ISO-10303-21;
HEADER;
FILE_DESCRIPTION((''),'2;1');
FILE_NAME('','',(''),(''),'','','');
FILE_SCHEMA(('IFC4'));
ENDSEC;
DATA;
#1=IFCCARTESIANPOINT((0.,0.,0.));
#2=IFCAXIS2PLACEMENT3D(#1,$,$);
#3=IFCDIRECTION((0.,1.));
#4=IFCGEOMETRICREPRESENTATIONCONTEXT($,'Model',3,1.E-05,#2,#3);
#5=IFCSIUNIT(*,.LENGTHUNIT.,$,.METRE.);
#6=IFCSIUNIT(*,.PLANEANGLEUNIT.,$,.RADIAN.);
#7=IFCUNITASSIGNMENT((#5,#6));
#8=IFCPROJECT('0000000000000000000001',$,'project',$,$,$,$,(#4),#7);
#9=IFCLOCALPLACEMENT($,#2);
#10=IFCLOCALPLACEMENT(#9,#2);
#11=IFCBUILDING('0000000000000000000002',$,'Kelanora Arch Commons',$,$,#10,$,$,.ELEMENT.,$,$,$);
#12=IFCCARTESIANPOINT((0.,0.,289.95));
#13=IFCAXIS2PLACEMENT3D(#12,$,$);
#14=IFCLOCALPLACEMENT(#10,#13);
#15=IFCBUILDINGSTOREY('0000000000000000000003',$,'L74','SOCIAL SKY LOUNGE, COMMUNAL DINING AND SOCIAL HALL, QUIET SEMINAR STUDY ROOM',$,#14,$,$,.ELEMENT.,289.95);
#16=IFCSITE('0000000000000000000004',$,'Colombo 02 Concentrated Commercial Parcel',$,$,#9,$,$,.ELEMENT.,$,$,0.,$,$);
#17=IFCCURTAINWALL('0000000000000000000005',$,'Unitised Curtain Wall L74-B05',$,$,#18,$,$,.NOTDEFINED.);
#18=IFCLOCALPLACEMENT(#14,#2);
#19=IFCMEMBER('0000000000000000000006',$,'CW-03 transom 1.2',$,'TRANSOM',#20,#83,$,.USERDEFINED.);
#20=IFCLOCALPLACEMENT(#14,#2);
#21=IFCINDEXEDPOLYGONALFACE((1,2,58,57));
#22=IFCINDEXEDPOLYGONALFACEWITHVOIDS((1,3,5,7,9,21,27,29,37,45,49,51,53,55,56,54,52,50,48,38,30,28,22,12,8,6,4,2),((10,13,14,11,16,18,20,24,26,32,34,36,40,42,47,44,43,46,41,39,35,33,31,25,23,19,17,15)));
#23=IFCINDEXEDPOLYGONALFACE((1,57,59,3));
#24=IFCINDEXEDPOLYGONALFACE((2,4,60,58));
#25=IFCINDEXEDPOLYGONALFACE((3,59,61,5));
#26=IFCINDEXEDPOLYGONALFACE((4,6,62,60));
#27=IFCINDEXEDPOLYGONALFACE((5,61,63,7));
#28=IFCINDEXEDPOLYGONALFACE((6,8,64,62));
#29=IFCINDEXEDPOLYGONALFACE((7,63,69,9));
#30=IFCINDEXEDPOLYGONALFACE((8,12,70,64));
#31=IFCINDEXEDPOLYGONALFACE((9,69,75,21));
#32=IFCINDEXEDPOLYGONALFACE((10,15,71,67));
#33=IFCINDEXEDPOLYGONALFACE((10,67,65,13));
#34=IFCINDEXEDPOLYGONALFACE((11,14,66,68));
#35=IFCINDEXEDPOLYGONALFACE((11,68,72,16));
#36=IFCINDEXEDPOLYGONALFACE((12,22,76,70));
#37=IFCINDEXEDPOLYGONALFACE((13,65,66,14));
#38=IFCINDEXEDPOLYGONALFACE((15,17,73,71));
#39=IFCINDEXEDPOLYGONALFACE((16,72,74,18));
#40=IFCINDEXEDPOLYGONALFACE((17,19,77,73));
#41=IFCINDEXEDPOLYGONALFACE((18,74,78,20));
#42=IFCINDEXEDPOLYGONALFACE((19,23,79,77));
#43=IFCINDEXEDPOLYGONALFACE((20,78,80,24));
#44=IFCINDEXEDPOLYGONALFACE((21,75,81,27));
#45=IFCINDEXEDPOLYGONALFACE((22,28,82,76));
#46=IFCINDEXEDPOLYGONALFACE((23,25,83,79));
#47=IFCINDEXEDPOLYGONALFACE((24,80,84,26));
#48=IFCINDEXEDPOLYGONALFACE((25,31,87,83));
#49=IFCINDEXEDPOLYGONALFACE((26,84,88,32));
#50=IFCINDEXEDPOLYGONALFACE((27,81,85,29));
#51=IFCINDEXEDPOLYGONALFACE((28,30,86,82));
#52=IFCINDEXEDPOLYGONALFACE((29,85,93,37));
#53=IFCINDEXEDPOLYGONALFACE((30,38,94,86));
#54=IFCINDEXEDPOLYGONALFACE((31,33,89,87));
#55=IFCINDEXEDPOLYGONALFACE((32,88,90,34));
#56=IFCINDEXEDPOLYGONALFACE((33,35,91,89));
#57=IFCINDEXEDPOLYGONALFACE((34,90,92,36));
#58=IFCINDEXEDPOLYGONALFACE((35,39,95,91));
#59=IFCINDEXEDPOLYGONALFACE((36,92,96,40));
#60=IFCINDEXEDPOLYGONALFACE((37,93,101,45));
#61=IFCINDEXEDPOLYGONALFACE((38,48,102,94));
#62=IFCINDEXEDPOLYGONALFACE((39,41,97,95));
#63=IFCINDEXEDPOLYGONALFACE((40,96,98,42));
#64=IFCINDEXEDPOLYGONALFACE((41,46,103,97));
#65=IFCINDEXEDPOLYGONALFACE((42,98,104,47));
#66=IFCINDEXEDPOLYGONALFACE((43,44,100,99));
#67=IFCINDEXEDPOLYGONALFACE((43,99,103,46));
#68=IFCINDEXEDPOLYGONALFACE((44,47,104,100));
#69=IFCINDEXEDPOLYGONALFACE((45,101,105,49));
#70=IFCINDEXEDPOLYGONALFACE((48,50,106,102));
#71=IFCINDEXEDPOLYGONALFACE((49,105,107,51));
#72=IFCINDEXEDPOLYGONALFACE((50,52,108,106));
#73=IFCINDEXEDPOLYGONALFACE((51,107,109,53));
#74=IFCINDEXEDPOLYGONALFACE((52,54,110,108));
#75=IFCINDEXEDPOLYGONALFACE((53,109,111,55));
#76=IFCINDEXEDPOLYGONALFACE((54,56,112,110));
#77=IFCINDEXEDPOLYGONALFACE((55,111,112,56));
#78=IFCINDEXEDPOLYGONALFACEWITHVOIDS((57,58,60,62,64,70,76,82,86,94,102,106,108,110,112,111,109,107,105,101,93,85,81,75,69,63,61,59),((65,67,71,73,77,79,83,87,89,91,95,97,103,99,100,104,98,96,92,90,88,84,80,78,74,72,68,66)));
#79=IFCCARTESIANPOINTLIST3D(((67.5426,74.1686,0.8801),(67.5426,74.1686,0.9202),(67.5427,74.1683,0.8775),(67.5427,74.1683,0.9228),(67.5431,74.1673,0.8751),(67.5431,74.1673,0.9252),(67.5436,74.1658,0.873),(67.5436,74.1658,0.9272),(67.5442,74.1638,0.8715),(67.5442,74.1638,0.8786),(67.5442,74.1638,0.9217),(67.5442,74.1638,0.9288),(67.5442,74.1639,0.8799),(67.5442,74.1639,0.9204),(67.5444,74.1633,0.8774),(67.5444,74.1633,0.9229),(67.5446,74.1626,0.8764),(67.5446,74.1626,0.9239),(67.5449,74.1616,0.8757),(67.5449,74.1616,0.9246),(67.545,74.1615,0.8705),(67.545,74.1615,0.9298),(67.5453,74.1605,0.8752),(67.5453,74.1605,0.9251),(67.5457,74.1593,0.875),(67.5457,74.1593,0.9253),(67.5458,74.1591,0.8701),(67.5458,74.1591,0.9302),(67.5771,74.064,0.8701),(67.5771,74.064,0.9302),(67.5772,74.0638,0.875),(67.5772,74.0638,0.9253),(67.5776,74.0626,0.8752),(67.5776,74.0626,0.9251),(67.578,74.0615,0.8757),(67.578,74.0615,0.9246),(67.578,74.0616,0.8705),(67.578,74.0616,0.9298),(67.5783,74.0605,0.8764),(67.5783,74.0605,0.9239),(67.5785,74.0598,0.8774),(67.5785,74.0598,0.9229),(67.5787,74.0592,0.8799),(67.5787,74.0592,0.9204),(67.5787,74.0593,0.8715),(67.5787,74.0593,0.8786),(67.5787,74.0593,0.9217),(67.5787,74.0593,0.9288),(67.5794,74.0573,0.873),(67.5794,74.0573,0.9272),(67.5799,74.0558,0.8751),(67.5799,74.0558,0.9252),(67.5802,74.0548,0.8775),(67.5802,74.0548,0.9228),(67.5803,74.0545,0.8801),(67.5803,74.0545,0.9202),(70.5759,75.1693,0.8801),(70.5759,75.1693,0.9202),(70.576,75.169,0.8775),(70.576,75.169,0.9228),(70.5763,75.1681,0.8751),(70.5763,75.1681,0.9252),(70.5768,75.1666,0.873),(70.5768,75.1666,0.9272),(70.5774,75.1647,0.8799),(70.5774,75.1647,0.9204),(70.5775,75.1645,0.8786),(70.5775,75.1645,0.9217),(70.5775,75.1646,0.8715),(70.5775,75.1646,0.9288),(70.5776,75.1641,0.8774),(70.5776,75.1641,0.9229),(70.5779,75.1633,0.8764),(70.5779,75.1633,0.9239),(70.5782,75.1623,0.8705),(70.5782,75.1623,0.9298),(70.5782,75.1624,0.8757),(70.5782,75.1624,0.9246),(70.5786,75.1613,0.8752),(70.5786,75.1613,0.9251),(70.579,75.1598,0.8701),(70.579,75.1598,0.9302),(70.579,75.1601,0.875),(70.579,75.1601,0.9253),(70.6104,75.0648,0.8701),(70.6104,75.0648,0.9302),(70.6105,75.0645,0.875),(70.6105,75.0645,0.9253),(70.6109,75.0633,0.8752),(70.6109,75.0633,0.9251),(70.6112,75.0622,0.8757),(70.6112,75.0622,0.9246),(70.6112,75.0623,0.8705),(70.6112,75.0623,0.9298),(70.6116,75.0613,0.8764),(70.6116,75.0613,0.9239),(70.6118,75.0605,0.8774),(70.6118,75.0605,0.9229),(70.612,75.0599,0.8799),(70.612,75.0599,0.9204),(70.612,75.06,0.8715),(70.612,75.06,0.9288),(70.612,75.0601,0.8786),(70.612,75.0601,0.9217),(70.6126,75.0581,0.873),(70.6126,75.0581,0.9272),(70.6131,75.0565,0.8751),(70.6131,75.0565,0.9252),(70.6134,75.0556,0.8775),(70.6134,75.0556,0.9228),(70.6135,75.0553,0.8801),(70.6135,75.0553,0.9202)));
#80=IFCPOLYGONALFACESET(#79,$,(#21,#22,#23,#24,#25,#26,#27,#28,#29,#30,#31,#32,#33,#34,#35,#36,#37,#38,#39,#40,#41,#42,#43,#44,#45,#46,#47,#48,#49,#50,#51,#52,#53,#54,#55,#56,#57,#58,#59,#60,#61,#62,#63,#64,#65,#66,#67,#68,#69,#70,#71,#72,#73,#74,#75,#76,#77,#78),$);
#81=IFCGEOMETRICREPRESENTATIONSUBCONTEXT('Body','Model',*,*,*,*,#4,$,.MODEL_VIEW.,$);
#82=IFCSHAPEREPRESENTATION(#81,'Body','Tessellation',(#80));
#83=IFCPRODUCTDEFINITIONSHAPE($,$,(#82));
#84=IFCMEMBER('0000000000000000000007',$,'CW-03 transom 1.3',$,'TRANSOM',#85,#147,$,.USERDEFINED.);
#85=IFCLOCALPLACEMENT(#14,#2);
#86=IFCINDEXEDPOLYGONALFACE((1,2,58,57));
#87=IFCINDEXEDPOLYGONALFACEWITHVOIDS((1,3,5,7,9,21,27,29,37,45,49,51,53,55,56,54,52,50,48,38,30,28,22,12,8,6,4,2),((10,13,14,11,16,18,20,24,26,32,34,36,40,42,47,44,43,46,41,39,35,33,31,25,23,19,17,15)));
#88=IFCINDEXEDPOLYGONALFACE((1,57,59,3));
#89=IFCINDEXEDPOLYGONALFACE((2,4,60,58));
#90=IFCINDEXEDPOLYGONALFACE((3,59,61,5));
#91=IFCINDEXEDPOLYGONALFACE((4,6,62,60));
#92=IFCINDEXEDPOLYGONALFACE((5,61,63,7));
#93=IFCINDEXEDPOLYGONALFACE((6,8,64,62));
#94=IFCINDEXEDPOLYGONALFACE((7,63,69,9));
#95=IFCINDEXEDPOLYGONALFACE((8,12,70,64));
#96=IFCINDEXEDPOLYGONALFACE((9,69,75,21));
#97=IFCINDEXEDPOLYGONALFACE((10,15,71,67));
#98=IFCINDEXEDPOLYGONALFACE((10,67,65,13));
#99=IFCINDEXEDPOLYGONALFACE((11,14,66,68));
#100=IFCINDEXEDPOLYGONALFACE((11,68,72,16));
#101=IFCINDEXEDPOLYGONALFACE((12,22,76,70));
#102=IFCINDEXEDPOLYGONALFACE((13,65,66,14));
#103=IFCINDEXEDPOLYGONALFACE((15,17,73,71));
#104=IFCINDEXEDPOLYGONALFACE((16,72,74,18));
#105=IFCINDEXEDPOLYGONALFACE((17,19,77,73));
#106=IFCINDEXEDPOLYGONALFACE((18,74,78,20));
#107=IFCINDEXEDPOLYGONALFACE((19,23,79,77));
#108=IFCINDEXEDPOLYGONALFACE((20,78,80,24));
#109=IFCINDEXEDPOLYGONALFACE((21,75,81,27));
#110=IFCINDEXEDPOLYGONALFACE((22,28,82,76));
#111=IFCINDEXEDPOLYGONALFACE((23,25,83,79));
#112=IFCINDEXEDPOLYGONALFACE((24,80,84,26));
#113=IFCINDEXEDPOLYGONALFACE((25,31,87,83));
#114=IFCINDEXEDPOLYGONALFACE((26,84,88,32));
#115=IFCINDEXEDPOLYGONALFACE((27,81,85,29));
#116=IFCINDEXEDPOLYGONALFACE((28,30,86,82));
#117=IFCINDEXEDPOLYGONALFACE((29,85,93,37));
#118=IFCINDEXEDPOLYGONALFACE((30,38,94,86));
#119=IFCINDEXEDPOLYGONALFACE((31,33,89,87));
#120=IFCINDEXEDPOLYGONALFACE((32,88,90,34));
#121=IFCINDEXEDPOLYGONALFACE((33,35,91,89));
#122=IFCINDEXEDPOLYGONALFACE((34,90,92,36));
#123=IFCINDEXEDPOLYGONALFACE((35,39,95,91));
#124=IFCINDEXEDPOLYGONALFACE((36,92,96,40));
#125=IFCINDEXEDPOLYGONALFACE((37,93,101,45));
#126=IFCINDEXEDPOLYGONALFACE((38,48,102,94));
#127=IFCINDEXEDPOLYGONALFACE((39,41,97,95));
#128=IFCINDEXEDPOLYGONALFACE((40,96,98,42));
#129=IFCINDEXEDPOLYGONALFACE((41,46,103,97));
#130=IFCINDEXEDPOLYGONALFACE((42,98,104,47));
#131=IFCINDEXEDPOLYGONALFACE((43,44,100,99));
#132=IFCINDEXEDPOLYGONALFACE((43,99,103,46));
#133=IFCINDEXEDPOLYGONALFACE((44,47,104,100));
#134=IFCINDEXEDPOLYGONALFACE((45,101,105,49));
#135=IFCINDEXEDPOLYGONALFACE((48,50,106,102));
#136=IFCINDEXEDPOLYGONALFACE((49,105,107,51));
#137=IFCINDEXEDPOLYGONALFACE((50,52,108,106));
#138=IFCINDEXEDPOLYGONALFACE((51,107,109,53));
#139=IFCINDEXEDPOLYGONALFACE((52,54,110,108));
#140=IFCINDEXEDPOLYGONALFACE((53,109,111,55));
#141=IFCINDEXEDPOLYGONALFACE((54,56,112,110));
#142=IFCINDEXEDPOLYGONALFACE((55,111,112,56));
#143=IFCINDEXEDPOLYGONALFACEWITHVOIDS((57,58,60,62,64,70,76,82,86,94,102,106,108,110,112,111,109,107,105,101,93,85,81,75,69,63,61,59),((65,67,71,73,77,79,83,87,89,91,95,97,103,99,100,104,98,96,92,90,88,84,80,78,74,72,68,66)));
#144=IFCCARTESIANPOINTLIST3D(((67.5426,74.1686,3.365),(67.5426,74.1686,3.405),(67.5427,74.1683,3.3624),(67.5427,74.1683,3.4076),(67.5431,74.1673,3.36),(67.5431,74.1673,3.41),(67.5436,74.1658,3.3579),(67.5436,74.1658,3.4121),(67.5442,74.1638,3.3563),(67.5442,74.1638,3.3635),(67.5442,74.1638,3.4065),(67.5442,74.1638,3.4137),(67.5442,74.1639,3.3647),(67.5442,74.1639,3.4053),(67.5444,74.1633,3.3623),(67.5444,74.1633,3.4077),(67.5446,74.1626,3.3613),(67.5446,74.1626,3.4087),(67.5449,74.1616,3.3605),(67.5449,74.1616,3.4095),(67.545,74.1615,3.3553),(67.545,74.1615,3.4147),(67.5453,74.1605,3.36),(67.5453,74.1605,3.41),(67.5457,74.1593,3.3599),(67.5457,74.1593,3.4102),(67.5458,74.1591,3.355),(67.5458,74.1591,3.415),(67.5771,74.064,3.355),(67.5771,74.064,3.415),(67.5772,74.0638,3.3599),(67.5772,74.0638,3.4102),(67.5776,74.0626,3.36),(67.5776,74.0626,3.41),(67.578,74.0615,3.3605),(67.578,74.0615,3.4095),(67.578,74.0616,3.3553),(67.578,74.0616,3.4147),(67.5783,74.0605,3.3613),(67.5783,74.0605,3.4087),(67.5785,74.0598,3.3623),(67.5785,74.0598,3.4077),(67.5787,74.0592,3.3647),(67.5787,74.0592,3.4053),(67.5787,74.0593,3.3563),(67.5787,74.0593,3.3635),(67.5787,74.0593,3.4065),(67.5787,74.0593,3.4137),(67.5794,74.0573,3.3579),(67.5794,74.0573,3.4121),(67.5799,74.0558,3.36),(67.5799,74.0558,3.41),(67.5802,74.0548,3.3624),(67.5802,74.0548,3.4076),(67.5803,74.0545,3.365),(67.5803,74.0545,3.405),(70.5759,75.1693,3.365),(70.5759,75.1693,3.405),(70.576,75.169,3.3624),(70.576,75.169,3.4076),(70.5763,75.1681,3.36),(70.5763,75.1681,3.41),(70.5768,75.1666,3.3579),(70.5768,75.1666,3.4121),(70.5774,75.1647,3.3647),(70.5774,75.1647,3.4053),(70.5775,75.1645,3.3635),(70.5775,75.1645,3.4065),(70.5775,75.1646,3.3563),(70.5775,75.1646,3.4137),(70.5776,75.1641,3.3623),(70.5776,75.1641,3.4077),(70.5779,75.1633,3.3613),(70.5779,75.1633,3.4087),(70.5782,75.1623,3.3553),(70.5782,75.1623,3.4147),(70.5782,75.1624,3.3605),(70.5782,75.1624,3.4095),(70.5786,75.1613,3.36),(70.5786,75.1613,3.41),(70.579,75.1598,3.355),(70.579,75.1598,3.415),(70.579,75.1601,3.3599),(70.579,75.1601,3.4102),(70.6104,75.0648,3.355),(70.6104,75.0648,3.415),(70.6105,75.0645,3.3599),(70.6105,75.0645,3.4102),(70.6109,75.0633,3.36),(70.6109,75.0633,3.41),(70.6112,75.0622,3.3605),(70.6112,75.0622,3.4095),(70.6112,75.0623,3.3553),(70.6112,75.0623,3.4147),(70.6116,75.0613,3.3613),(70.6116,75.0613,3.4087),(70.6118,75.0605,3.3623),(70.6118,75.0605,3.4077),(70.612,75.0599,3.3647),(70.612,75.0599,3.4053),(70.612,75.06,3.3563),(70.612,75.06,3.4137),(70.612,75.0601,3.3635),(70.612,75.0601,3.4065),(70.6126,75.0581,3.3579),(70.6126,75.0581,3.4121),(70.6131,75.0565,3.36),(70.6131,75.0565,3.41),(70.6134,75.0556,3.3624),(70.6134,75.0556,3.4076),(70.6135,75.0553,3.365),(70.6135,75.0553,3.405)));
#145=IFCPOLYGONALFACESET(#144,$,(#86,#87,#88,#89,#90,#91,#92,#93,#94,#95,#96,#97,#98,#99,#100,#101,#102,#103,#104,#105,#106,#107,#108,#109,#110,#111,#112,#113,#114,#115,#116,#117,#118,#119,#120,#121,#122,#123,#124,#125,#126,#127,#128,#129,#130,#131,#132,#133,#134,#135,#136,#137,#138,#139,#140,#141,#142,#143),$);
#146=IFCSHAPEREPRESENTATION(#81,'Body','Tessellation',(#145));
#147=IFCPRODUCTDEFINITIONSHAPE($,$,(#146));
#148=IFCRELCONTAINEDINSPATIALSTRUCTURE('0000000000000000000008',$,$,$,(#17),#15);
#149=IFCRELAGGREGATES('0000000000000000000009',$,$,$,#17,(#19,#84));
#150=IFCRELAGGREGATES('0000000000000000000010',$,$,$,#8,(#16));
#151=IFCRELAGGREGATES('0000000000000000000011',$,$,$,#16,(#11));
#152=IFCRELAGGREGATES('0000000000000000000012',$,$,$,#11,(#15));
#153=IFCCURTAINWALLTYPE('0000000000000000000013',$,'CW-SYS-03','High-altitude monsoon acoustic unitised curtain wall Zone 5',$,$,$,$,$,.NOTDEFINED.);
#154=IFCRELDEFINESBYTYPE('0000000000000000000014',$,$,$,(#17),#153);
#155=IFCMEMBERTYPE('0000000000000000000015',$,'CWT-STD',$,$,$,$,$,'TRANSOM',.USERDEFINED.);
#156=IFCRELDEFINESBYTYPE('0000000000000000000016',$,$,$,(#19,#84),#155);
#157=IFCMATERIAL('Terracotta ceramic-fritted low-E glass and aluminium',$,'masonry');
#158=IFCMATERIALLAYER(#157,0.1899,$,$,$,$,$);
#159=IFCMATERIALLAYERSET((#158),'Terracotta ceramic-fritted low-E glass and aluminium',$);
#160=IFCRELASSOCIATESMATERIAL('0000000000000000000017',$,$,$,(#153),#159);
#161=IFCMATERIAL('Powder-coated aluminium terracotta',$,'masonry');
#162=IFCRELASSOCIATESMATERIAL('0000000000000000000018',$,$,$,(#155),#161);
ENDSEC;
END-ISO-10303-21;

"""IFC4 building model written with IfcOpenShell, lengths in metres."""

from ifc_helpers import new_model, si_unit, direction, frame, origin, origin_2d, place, context, subcontext, project, spatial, hollow_rectangle, extrude, material, layer, layer_set, material_profile, profile_set, type_object, element, aggregate, save


model = new_model("IFC4")

# Units and contexts
model_context = context("Model", 3, precision=1e-05, world=origin(), true_north=direction((0.0, 1.0)))
body_context = subcontext(model_context, "Body", "Model", "MODEL_VIEW")
ifc_project = project(units=[si_unit("LENGTHUNIT", "METRE"), si_unit("PLANEANGLEUNIT", "RADIAN")], contexts=[model_context])

# Site, building, storey
site_placement = place(None, origin())
site = spatial("IfcSite", under=ifc_project, at=site_placement, Name="Colombo 02 Concentrated Commercial Parcel", CompositionType="ELEMENT", RefElevation=0.0)
building_placement = place(site_placement, origin())
building = spatial("IfcBuilding", under=site, at=building_placement, Name="Kelanora Arch Commons", CompositionType="ELEMENT")
storey_placement = place(building_placement, frame((0.0, 0.0, 289.95)))
storey = spatial("IfcBuildingStorey", under=building, at=storey_placement, Name="L74", Description="SOCIAL SKY LOUNGE, COMMUNAL DINING AND SOCIAL HALL, QUIET SEMINAR STUDY ROOM", CompositionType="ELEMENT", Elevation=289.95)

# Curtain wall, members
ifc_material_1 = material(Name="Terracotta ceramic-fritted low-E glass and aluminium", Category="masonry")
ifc_layer_1 = layer(ifc_material_1, 0.1899)
ifc_layer_set_1 = layer_set([ifc_layer_1], Name="Terracotta ceramic-fritted low-E glass and aluminium")
curtain_wall_type = type_object("IfcCurtainWallType", Name="CW-SYS-03", Description="High-altitude monsoon acoustic unitised curtain wall Zone 5", PredefinedType="NOTDEFINED", material=ifc_layer_set_1)
curtain_wall_placement = place(storey_placement, origin())
curtain_wall = element("IfcCurtainWall", 1, at=curtain_wall_placement, inside=storey, type_object=curtain_wall_type, Name="Unitised Curtain Wall L74-B05", PredefinedType="NOTDEFINED")
ifc_material_2 = material(Name="Powder-coated aluminium terracotta", Category="masonry")
ifc_material_profile_1 = material_profile(ifc_material_2, hollow_rectangle(XDim=0.1201, YDim=0.0601, WallThickness=0.0049, InnerFilletRadius=0.0049, OuterFilletRadius=0.01, at=origin_2d()), Name="CWT120x60")
ifc_profile_set_1 = profile_set([ifc_material_profile_1], Name="Powder-coated aluminium terracotta")
member_type_1 = type_object("IfcMemberType", Name="CWT-STD", ElementType="TRANSOM", PredefinedType="USERDEFINED", material=ifc_profile_set_1)
member_1_placement = place(storey_placement, frame((70.5947, 75.1123, 0.9001), z_axis=(-0.94965, -0.313314, 0.0), x_axis=(0.313314, -0.94965, 0.0)))
member_1 = element("IfcMember", 2, at=member_1_placement, type_object=member_type_1, Name="CW-03 transom 1.2", ObjectType="TRANSOM", PredefinedType="USERDEFINED", context=body_context, shape_type="SweptSolid", body=[
    extrude(hollow_rectangle(XDim=0.1201, YDim=0.0601, WallThickness=0.0049, InnerFilletRadius=0.0049, OuterFilletRadius=0.01, at=origin_2d()), origin(), (0.0, 0.0, 1.0), 3.1941),
])
member_2_placement = place(storey_placement, frame((70.5947, 75.1123, 3.385), z_axis=(-0.94965, -0.313314, 0.0), x_axis=(0.313314, -0.94965, 0.0)))
member_2 = element("IfcMember", 3, at=member_2_placement, type_object=member_type_1, Name="CW-03 transom 1.3", ObjectType="TRANSOM", PredefinedType="USERDEFINED", context=body_context, shape_type="SweptSolid", body=[
    extrude(hollow_rectangle(XDim=0.1201, YDim=0.0601, WallThickness=0.0049, InnerFilletRadius=0.0049, OuterFilletRadius=0.01, at=origin_2d()), origin(), (0.0, 0.0, 1.0), 3.1941),
])
aggregate(curtain_wall, [member_1, member_2])

save(model, "model.ifc")
